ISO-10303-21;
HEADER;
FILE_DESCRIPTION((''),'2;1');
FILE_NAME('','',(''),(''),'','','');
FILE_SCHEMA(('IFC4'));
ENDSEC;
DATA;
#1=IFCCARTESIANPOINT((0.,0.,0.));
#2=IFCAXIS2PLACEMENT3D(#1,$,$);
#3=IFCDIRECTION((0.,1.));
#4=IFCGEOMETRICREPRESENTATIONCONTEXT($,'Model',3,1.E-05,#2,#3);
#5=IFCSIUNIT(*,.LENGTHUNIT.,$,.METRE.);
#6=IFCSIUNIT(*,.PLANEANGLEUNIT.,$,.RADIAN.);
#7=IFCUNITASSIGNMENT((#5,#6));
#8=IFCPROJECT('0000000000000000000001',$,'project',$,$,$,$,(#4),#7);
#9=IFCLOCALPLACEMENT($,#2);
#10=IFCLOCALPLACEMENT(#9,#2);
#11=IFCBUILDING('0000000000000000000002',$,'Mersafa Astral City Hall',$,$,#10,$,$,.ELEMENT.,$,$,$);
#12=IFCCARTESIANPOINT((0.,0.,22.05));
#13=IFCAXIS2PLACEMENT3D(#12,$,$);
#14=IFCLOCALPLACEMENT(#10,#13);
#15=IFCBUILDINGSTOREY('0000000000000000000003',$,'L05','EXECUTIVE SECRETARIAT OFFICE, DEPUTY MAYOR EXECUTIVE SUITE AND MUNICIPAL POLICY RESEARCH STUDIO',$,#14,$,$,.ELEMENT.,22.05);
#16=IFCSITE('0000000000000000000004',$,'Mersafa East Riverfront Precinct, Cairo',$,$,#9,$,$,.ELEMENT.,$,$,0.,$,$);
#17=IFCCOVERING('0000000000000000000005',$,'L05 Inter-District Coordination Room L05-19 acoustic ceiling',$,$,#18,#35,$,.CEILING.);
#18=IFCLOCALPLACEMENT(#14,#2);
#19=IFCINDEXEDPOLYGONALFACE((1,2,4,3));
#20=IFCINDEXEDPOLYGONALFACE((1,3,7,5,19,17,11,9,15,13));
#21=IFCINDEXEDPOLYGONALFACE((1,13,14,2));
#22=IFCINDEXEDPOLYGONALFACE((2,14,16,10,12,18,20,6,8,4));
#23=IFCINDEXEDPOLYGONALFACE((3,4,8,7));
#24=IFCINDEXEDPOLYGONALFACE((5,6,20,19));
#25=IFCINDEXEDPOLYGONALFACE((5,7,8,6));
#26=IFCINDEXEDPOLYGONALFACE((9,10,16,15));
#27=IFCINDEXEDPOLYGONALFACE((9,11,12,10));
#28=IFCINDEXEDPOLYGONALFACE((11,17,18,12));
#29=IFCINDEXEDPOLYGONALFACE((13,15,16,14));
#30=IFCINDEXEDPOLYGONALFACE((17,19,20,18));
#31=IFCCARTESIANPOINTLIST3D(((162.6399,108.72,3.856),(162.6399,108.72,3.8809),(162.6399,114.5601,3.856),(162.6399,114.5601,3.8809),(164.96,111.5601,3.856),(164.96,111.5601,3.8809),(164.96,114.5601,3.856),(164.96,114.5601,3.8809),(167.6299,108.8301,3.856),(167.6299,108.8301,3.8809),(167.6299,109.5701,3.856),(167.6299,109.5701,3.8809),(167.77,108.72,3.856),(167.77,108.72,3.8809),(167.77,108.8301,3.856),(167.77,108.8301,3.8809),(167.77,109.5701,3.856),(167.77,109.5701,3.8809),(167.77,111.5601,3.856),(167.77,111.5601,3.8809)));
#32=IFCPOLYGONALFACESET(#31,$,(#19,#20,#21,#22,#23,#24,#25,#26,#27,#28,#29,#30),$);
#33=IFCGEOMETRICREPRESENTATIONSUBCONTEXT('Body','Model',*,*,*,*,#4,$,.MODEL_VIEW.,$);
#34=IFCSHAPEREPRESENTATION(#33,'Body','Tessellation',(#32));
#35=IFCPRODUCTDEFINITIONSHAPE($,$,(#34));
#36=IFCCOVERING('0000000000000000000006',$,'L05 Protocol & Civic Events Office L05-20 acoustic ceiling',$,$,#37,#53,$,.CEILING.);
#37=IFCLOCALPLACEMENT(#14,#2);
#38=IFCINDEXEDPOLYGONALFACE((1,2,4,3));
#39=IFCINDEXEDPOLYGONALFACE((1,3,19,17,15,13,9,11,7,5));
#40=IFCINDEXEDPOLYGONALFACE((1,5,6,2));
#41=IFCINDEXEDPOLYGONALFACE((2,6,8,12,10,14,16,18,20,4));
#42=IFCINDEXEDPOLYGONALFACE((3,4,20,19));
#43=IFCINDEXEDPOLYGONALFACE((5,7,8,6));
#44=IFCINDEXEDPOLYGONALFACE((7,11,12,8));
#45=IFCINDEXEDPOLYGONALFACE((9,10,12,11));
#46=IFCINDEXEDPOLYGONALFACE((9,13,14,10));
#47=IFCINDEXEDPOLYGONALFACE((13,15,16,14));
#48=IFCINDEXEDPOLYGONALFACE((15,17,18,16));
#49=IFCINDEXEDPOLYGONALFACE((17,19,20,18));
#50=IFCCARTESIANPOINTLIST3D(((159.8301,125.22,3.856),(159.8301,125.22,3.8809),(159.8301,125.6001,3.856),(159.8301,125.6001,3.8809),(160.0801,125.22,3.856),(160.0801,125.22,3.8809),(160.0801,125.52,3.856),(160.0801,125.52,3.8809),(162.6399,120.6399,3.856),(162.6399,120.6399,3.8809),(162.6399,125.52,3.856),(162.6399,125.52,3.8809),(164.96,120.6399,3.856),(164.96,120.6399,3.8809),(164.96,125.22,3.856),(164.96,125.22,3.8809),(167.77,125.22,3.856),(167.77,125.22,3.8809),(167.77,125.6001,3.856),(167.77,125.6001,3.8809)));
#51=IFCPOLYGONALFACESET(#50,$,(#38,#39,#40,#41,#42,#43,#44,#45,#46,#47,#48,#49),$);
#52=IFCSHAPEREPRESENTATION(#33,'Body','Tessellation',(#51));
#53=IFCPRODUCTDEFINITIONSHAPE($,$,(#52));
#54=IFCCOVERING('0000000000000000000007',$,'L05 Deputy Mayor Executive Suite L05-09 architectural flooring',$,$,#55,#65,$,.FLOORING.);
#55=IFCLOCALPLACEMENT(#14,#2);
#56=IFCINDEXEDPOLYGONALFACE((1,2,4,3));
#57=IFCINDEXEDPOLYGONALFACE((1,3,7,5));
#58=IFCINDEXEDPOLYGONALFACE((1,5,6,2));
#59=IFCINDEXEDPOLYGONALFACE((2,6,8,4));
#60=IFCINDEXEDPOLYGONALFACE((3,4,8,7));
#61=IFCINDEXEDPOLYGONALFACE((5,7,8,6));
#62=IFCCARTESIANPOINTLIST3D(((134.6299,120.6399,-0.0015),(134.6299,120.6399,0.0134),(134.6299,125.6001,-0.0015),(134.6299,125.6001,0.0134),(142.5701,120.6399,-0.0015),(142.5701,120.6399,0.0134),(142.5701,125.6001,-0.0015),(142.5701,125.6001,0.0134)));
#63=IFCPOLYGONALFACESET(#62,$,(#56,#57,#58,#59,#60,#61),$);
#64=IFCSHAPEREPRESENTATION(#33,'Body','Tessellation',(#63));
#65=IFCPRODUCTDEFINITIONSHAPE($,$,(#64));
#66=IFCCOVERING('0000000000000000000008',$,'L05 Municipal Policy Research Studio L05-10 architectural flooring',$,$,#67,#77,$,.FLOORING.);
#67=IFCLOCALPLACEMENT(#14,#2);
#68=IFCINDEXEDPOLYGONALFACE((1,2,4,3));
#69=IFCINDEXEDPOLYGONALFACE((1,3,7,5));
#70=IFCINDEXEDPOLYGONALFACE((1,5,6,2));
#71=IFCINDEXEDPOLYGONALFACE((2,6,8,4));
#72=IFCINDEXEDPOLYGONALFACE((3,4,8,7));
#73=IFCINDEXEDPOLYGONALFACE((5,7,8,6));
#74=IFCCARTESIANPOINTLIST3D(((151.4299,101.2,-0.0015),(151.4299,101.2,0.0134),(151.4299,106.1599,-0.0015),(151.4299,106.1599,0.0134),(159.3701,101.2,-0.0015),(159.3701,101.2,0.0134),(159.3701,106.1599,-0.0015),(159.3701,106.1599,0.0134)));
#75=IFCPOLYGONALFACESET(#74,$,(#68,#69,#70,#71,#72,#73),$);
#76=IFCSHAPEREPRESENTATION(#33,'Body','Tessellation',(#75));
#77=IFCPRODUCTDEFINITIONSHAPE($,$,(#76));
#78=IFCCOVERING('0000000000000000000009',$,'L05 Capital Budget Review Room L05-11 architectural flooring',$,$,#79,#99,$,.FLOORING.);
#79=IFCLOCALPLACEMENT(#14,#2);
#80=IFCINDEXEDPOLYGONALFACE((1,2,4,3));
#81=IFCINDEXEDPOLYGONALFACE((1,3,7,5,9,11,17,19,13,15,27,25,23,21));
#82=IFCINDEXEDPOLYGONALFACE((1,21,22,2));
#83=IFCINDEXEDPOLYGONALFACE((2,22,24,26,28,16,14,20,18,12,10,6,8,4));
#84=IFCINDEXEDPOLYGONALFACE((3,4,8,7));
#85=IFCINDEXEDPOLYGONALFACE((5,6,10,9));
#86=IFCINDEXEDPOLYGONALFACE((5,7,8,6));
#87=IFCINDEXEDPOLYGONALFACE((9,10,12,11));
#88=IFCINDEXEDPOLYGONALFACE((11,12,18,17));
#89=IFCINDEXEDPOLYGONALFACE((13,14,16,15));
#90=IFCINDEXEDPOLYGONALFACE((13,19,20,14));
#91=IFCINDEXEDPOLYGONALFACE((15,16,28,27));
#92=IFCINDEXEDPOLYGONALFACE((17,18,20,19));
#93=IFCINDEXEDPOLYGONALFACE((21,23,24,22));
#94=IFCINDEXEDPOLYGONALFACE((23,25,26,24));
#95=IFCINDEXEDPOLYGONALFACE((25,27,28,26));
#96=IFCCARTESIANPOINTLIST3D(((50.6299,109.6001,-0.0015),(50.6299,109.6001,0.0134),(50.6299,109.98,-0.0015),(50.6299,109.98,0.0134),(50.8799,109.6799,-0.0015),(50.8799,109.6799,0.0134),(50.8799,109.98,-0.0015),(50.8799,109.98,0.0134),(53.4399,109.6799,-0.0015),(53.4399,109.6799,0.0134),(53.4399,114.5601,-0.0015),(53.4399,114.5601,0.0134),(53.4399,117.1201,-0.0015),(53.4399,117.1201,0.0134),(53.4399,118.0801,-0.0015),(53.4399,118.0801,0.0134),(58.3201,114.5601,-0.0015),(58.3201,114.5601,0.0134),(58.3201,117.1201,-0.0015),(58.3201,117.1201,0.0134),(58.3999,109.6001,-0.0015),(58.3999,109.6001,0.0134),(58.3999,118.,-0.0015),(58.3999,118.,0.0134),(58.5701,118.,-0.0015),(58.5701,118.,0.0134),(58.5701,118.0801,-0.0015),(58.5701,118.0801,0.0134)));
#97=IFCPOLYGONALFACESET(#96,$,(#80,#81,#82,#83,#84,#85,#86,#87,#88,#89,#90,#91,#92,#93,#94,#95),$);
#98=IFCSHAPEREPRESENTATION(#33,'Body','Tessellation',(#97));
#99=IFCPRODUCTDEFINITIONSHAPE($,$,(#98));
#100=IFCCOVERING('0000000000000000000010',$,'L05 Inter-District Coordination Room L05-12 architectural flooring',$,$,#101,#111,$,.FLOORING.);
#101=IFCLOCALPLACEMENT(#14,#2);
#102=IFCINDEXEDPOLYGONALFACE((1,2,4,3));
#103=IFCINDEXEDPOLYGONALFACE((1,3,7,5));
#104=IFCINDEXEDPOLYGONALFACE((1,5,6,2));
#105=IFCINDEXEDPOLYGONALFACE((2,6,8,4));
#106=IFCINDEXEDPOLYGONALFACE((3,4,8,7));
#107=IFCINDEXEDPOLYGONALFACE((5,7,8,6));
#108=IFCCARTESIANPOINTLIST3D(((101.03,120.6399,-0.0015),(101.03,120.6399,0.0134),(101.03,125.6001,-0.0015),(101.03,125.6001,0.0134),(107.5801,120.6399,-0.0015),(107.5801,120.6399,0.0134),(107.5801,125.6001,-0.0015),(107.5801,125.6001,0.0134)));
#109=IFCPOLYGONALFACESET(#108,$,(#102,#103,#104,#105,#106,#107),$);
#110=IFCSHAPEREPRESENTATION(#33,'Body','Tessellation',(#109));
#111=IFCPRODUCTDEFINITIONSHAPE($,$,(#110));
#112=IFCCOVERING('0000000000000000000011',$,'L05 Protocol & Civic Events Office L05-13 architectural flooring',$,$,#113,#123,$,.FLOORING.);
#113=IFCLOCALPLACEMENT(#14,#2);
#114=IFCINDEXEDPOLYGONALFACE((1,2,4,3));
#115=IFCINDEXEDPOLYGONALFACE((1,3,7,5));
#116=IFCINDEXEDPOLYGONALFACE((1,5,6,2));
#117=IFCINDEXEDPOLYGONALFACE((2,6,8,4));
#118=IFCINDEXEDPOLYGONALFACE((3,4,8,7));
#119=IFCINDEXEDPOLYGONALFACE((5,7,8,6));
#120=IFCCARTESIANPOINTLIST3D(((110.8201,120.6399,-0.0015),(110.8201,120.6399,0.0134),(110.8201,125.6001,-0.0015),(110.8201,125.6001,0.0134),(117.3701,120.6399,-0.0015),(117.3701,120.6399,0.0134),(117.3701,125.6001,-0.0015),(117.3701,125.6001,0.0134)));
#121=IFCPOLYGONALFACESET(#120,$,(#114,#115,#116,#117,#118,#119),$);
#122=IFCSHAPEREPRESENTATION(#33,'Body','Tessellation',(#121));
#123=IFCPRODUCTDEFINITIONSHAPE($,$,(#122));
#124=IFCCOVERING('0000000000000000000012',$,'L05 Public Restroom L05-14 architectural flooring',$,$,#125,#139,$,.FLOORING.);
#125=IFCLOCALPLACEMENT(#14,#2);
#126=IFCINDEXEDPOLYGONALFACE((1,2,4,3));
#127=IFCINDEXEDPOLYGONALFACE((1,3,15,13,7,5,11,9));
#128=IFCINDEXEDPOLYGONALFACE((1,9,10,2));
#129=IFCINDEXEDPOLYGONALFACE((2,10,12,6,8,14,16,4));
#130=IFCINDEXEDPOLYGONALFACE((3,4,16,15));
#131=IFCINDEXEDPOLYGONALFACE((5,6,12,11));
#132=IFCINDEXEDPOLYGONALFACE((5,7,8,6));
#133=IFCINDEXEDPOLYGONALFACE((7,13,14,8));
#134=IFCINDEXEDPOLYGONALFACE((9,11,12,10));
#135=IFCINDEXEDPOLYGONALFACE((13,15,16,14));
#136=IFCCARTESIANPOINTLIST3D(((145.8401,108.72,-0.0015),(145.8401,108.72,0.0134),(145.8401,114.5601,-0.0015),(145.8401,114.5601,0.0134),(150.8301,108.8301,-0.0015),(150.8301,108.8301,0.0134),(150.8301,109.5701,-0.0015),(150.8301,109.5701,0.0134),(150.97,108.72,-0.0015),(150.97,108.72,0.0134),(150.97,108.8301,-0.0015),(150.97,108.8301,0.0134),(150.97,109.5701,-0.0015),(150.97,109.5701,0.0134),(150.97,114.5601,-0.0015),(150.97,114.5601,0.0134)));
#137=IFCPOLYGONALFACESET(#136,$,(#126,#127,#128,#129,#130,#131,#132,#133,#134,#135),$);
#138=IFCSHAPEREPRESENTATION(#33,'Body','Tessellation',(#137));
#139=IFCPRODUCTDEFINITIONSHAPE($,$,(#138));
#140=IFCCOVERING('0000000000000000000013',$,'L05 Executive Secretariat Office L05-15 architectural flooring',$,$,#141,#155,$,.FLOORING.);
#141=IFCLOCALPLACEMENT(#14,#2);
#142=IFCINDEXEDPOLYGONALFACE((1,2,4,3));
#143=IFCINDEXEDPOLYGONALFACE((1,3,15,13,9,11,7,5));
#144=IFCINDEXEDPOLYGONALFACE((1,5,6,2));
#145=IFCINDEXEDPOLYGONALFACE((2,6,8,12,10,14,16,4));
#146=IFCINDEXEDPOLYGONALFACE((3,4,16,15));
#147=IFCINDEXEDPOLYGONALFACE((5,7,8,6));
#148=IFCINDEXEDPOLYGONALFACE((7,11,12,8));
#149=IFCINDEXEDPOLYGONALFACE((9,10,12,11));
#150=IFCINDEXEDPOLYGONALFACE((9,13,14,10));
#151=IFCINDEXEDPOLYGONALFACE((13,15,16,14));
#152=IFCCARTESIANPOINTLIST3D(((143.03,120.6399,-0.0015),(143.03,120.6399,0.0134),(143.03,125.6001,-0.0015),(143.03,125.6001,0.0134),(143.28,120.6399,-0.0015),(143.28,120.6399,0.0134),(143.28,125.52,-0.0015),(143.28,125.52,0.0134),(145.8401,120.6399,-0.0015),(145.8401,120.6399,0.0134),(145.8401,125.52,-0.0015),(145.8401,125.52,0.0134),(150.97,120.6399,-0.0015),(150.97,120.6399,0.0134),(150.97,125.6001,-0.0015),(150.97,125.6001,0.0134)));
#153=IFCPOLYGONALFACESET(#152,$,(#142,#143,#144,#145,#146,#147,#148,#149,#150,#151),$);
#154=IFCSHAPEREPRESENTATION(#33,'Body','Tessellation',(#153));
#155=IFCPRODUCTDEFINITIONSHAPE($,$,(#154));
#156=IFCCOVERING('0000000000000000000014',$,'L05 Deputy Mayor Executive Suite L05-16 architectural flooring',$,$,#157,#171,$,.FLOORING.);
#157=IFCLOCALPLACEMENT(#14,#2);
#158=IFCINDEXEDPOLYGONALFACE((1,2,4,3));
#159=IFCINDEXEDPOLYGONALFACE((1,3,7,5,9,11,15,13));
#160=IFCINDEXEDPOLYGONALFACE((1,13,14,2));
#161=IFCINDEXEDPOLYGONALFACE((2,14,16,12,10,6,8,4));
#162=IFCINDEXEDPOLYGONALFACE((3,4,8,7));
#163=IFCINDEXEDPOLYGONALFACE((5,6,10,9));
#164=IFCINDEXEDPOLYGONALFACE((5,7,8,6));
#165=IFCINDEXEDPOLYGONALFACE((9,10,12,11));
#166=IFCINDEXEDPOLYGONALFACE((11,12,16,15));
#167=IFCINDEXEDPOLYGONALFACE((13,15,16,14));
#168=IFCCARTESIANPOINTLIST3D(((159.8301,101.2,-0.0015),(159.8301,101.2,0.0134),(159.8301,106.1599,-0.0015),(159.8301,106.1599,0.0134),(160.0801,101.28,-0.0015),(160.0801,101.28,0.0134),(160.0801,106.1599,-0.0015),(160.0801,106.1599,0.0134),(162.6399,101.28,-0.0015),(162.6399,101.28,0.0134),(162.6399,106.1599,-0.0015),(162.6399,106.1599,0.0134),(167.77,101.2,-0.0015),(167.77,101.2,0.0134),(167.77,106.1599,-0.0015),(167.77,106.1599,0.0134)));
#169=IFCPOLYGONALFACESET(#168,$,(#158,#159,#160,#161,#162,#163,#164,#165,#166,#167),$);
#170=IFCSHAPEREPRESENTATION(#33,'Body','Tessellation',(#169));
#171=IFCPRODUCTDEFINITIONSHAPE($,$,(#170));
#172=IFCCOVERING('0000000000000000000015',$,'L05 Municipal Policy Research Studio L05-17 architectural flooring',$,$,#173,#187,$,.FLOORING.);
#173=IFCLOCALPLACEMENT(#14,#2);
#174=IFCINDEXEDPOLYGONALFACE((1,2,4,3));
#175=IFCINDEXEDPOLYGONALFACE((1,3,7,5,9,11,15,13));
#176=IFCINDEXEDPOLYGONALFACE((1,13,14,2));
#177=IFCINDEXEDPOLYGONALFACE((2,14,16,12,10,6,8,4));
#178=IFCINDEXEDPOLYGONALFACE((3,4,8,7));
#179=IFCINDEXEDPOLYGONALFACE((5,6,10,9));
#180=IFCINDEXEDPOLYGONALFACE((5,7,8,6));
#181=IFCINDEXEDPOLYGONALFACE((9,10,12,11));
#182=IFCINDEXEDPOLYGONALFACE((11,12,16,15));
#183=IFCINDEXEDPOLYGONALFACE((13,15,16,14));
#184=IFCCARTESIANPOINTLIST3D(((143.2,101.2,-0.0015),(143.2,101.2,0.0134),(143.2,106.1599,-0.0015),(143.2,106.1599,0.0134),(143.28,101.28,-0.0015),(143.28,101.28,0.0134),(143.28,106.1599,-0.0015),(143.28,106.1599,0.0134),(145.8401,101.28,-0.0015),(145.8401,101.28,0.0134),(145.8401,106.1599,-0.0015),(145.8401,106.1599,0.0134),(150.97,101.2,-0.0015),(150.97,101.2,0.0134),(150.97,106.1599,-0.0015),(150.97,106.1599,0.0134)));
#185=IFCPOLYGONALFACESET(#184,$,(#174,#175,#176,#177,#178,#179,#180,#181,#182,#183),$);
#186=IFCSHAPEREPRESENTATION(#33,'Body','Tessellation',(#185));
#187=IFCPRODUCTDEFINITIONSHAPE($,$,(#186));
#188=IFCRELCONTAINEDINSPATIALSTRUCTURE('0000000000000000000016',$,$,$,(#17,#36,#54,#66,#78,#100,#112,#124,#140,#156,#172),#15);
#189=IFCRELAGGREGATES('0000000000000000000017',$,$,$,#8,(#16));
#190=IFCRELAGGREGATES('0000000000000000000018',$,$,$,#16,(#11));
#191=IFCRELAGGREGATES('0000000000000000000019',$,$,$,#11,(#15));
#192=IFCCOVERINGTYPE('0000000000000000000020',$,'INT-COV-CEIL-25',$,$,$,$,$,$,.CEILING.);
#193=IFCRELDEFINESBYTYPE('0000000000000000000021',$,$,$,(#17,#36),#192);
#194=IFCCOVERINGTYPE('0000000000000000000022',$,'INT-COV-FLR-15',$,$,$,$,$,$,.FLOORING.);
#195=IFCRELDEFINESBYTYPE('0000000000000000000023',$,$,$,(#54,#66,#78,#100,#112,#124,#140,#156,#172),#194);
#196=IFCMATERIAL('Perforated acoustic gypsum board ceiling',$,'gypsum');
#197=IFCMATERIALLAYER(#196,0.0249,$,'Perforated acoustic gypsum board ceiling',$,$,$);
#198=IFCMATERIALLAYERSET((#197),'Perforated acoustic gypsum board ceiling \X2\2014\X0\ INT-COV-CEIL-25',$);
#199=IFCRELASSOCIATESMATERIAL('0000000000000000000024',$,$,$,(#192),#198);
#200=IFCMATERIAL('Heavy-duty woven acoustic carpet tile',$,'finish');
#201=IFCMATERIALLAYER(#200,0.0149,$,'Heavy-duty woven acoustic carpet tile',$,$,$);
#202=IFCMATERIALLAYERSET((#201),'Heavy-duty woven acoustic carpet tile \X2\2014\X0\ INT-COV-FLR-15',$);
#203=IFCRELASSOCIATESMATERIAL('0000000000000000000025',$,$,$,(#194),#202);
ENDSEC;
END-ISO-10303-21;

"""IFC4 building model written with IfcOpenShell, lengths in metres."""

from ifc_helpers import new_model, si_unit, direction, frame, origin, place, context, subcontext, project, spatial, polyline, outline, extrude, material, layer, layer_set, type_object, element, save


model = new_model("IFC4")

# Units and contexts
model_context = context("Model", 3, precision=1e-05, world=origin(), true_north=direction((0.0, 1.0)))
body_context = subcontext(model_context, "Body", "Model", "MODEL_VIEW")
ifc_project = project(units=[si_unit("LENGTHUNIT", "METRE"), si_unit("PLANEANGLEUNIT", "RADIAN")], contexts=[model_context])

# Site, building, storey
site_placement = place(None, origin())
site = spatial("IfcSite", under=ifc_project, at=site_placement, Name="Mersafa East Riverfront Precinct, Cairo", CompositionType="ELEMENT", RefElevation=0.0)
building_placement = place(site_placement, origin())
building = spatial("IfcBuilding", under=site, at=building_placement, Name="Mersafa Astral City Hall", CompositionType="ELEMENT")
storey_placement = place(building_placement, frame((0.0, 0.0, 22.05)))
storey = spatial("IfcBuildingStorey", under=building, at=storey_placement, Name="L05", Description="EXECUTIVE SECRETARIAT OFFICE, DEPUTY MAYOR EXECUTIVE SUITE AND MUNICIPAL POLICY RESEARCH STUDIO", CompositionType="ELEMENT", Elevation=22.05)

# Coverings
ifc_material_1 = material(Name="Perforated acoustic gypsum board ceiling", Category="gypsum")
ifc_layer_1 = layer(ifc_material_1, 0.0249, Name="Perforated acoustic gypsum board ceiling")
ifc_layer_set_1 = layer_set([ifc_layer_1], Name="Perforated acoustic gypsum board ceiling — INT-COV-CEIL-25")
covering_type_1 = type_object("IfcCoveringType", Name="INT-COV-CEIL-25", PredefinedType="CEILING", material=ifc_layer_set_1)
covering_1_placement = place(storey_placement, frame((0.0, 0.0, 3.856)))
element("IfcCovering", 1, at=covering_1_placement, inside=storey, type_object=covering_type_1, Name="L05 Inter-District Coordination Room L05-19 acoustic ceiling", PredefinedType="CEILING", context=body_context, shape_type="SweptSolid", body=[
    extrude(outline(polyline([(164.96, 114.5601), (164.96, 111.5601), (167.77, 111.5601), (167.77, 109.5701), (167.6299, 109.5701), (167.6299, 108.8301), (167.77, 108.8301), (167.77, 108.72), (162.6399, 108.72), (162.6399, 114.5601), (164.96, 114.5601)])), origin(), (0.0, 0.0, 1.0), 0.0249),
])
covering_2_placement = place(storey_placement, frame((0.0, 0.0, 3.856)))
element("IfcCovering", 2, at=covering_2_placement, inside=storey, type_object=covering_type_1, Name="L05 Protocol & Civic Events Office L05-20 acoustic ceiling", PredefinedType="CEILING", context=body_context, shape_type="SweptSolid", body=[
    extrude(outline(polyline([(164.96, 125.22), (164.96, 120.6399), (162.6399, 120.6399), (162.6399, 125.52), (160.0801, 125.52), (160.0801, 125.22), (159.8301, 125.22), (159.8301, 125.6001), (167.77, 125.6001), (167.77, 125.22), (164.96, 125.22)])), origin(), (0.0, 0.0, 1.0), 0.0249),
])
ifc_material_2 = material(Name="Heavy-duty woven acoustic carpet tile", Category="finish")
ifc_layer_2 = layer(ifc_material_2, 0.0149, Name="Heavy-duty woven acoustic carpet tile")
ifc_layer_set_2 = layer_set([ifc_layer_2], Name="Heavy-duty woven acoustic carpet tile — INT-COV-FLR-15")
covering_type_2 = type_object("IfcCoveringType", Name="INT-COV-FLR-15", PredefinedType="FLOORING", material=ifc_layer_set_2)
covering_3_placement = place(storey_placement, frame((0.0, 0.0, -0.0015)))
element("IfcCovering", 3, at=covering_3_placement, inside=storey, type_object=covering_type_2, Name="L05 Deputy Mayor Executive Suite L05-09 architectural flooring", PredefinedType="FLOORING", context=body_context, shape_type="SweptSolid", body=[
    extrude(outline(polyline([(142.5701, 125.6001), (142.5701, 120.6399), (134.6299, 120.6399), (134.6299, 125.6001), (142.5701, 125.6001)])), origin(), (0.0, 0.0, 1.0), 0.0149),
])
covering_4_placement = place(storey_placement, frame((0.0, 0.0, -0.0015)))
element("IfcCovering", 4, at=covering_4_placement, inside=storey, type_object=covering_type_2, Name="L05 Municipal Policy Research Studio L05-10 architectural flooring", PredefinedType="FLOORING", context=body_context, shape_type="SweptSolid", body=[
    extrude(outline(polyline([(159.3701, 106.1599), (159.3701, 101.2), (151.4299, 101.2), (151.4299, 106.1599), (159.3701, 106.1599)])), origin(), (0.0, 0.0, 1.0), 0.0149),
])
covering_5_placement = place(storey_placement, frame((0.0, 0.0, -0.0015)))
element("IfcCovering", 5, at=covering_5_placement, inside=storey, type_object=covering_type_2, Name="L05 Capital Budget Review Room L05-11 architectural flooring", PredefinedType="FLOORING", context=body_context, shape_type="SweptSolid", body=[
    extrude(outline(polyline([(50.6299, 109.98), (50.8799, 109.98), (50.8799, 109.6799), (53.4399, 109.6799), (53.4399, 114.5601), (58.3201, 114.5601), (58.3201, 117.1201), (53.4399, 117.1201), (53.4399, 118.0801), (58.5701, 118.0801), (58.5701, 118.0), (58.3999, 118.0), (58.3999, 109.6001), (50.6299, 109.6001), (50.6299, 109.98)])), origin(), (0.0, 0.0, 1.0), 0.0149),
])
covering_6_placement = place(storey_placement, frame((0.0, 0.0, -0.0015)))
element("IfcCovering", 6, at=covering_6_placement, inside=storey, type_object=covering_type_2, Name="L05 Inter-District Coordination Room L05-12 architectural flooring", PredefinedType="FLOORING", context=body_context, shape_type="SweptSolid", body=[
    extrude(outline(polyline([(101.03, 120.6399), (101.03, 125.6001), (107.5801, 125.6001), (107.5801, 120.6399), (101.03, 120.6399)])), origin(), (0.0, 0.0, 1.0), 0.0149),
])
covering_7_placement = place(storey_placement, frame((0.0, 0.0, -0.0015)))
element("IfcCovering", 7, at=covering_7_placement, inside=storey, type_object=covering_type_2, Name="L05 Protocol & Civic Events Office L05-13 architectural flooring", PredefinedType="FLOORING", context=body_context, shape_type="SweptSolid", body=[
    extrude(outline(polyline([(117.3701, 125.6001), (117.3701, 120.6399), (110.8201, 120.6399), (110.8201, 125.6001), (117.3701, 125.6001)])), origin(), (0.0, 0.0, 1.0), 0.0149),
])
covering_8_placement = place(storey_placement, frame((0.0, 0.0, -0.0015)))
element("IfcCovering", 8, at=covering_8_placement, inside=storey, type_object=covering_type_2, Name="L05 Public Restroom L05-14 architectural flooring", PredefinedType="FLOORING", context=body_context, shape_type="SweptSolid", body=[
    extrude(outline(polyline([(150.97, 114.5601), (150.97, 109.5701), (150.8301, 109.5701), (150.8301, 108.8301), (150.97, 108.8301), (150.97, 108.72), (145.8401, 108.72), (145.8401, 114.5601), (150.97, 114.5601)])), origin(), (0.0, 0.0, 1.0), 0.0149),
])
covering_9_placement = place(storey_placement, frame((0.0, 0.0, -0.0015)))
element("IfcCovering", 9, at=covering_9_placement, inside=storey, type_object=covering_type_2, Name="L05 Executive Secretariat Office L05-15 architectural flooring", PredefinedType="FLOORING", context=body_context, shape_type="SweptSolid", body=[
    extrude(outline(polyline([(143.28, 125.52), (143.28, 120.6399), (143.03, 120.6399), (143.03, 125.6001), (150.97, 125.6001), (150.97, 120.6399), (145.8401, 120.6399), (145.8401, 125.52), (143.28, 125.52)])), origin(), (0.0, 0.0, 1.0), 0.0149),
])
covering_10_placement = place(storey_placement, frame((0.0, 0.0, -0.0015)))
element("IfcCovering", 10, at=covering_10_placement, inside=storey, type_object=covering_type_2, Name="L05 Deputy Mayor Executive Suite L05-16 architectural flooring", PredefinedType="FLOORING", context=body_context, shape_type="SweptSolid", body=[
    extrude(outline(polyline([(160.0801, 106.1599), (160.0801, 101.28), (162.6399, 101.28), (162.6399, 106.1599), (167.77, 106.1599), (167.77, 101.2), (159.8301, 101.2), (159.8301, 106.1599), (160.0801, 106.1599)])), origin(), (0.0, 0.0, 1.0), 0.0149),
])
covering_11_placement = place(storey_placement, frame((0.0, 0.0, -0.0015)))
element("IfcCovering", 11, at=covering_11_placement, inside=storey, type_object=covering_type_2, Name="L05 Municipal Policy Research Studio L05-17 architectural flooring", PredefinedType="FLOORING", context=body_context, shape_type="SweptSolid", body=[
    extrude(outline(polyline([(143.28, 106.1599), (143.28, 101.28), (145.8401, 101.28), (145.8401, 106.1599), (150.97, 106.1599), (150.97, 101.2), (143.2, 101.2), (143.2, 106.1599), (143.28, 106.1599)])), origin(), (0.0, 0.0, 1.0), 0.0149),
])

save(model, "model.ifc")
